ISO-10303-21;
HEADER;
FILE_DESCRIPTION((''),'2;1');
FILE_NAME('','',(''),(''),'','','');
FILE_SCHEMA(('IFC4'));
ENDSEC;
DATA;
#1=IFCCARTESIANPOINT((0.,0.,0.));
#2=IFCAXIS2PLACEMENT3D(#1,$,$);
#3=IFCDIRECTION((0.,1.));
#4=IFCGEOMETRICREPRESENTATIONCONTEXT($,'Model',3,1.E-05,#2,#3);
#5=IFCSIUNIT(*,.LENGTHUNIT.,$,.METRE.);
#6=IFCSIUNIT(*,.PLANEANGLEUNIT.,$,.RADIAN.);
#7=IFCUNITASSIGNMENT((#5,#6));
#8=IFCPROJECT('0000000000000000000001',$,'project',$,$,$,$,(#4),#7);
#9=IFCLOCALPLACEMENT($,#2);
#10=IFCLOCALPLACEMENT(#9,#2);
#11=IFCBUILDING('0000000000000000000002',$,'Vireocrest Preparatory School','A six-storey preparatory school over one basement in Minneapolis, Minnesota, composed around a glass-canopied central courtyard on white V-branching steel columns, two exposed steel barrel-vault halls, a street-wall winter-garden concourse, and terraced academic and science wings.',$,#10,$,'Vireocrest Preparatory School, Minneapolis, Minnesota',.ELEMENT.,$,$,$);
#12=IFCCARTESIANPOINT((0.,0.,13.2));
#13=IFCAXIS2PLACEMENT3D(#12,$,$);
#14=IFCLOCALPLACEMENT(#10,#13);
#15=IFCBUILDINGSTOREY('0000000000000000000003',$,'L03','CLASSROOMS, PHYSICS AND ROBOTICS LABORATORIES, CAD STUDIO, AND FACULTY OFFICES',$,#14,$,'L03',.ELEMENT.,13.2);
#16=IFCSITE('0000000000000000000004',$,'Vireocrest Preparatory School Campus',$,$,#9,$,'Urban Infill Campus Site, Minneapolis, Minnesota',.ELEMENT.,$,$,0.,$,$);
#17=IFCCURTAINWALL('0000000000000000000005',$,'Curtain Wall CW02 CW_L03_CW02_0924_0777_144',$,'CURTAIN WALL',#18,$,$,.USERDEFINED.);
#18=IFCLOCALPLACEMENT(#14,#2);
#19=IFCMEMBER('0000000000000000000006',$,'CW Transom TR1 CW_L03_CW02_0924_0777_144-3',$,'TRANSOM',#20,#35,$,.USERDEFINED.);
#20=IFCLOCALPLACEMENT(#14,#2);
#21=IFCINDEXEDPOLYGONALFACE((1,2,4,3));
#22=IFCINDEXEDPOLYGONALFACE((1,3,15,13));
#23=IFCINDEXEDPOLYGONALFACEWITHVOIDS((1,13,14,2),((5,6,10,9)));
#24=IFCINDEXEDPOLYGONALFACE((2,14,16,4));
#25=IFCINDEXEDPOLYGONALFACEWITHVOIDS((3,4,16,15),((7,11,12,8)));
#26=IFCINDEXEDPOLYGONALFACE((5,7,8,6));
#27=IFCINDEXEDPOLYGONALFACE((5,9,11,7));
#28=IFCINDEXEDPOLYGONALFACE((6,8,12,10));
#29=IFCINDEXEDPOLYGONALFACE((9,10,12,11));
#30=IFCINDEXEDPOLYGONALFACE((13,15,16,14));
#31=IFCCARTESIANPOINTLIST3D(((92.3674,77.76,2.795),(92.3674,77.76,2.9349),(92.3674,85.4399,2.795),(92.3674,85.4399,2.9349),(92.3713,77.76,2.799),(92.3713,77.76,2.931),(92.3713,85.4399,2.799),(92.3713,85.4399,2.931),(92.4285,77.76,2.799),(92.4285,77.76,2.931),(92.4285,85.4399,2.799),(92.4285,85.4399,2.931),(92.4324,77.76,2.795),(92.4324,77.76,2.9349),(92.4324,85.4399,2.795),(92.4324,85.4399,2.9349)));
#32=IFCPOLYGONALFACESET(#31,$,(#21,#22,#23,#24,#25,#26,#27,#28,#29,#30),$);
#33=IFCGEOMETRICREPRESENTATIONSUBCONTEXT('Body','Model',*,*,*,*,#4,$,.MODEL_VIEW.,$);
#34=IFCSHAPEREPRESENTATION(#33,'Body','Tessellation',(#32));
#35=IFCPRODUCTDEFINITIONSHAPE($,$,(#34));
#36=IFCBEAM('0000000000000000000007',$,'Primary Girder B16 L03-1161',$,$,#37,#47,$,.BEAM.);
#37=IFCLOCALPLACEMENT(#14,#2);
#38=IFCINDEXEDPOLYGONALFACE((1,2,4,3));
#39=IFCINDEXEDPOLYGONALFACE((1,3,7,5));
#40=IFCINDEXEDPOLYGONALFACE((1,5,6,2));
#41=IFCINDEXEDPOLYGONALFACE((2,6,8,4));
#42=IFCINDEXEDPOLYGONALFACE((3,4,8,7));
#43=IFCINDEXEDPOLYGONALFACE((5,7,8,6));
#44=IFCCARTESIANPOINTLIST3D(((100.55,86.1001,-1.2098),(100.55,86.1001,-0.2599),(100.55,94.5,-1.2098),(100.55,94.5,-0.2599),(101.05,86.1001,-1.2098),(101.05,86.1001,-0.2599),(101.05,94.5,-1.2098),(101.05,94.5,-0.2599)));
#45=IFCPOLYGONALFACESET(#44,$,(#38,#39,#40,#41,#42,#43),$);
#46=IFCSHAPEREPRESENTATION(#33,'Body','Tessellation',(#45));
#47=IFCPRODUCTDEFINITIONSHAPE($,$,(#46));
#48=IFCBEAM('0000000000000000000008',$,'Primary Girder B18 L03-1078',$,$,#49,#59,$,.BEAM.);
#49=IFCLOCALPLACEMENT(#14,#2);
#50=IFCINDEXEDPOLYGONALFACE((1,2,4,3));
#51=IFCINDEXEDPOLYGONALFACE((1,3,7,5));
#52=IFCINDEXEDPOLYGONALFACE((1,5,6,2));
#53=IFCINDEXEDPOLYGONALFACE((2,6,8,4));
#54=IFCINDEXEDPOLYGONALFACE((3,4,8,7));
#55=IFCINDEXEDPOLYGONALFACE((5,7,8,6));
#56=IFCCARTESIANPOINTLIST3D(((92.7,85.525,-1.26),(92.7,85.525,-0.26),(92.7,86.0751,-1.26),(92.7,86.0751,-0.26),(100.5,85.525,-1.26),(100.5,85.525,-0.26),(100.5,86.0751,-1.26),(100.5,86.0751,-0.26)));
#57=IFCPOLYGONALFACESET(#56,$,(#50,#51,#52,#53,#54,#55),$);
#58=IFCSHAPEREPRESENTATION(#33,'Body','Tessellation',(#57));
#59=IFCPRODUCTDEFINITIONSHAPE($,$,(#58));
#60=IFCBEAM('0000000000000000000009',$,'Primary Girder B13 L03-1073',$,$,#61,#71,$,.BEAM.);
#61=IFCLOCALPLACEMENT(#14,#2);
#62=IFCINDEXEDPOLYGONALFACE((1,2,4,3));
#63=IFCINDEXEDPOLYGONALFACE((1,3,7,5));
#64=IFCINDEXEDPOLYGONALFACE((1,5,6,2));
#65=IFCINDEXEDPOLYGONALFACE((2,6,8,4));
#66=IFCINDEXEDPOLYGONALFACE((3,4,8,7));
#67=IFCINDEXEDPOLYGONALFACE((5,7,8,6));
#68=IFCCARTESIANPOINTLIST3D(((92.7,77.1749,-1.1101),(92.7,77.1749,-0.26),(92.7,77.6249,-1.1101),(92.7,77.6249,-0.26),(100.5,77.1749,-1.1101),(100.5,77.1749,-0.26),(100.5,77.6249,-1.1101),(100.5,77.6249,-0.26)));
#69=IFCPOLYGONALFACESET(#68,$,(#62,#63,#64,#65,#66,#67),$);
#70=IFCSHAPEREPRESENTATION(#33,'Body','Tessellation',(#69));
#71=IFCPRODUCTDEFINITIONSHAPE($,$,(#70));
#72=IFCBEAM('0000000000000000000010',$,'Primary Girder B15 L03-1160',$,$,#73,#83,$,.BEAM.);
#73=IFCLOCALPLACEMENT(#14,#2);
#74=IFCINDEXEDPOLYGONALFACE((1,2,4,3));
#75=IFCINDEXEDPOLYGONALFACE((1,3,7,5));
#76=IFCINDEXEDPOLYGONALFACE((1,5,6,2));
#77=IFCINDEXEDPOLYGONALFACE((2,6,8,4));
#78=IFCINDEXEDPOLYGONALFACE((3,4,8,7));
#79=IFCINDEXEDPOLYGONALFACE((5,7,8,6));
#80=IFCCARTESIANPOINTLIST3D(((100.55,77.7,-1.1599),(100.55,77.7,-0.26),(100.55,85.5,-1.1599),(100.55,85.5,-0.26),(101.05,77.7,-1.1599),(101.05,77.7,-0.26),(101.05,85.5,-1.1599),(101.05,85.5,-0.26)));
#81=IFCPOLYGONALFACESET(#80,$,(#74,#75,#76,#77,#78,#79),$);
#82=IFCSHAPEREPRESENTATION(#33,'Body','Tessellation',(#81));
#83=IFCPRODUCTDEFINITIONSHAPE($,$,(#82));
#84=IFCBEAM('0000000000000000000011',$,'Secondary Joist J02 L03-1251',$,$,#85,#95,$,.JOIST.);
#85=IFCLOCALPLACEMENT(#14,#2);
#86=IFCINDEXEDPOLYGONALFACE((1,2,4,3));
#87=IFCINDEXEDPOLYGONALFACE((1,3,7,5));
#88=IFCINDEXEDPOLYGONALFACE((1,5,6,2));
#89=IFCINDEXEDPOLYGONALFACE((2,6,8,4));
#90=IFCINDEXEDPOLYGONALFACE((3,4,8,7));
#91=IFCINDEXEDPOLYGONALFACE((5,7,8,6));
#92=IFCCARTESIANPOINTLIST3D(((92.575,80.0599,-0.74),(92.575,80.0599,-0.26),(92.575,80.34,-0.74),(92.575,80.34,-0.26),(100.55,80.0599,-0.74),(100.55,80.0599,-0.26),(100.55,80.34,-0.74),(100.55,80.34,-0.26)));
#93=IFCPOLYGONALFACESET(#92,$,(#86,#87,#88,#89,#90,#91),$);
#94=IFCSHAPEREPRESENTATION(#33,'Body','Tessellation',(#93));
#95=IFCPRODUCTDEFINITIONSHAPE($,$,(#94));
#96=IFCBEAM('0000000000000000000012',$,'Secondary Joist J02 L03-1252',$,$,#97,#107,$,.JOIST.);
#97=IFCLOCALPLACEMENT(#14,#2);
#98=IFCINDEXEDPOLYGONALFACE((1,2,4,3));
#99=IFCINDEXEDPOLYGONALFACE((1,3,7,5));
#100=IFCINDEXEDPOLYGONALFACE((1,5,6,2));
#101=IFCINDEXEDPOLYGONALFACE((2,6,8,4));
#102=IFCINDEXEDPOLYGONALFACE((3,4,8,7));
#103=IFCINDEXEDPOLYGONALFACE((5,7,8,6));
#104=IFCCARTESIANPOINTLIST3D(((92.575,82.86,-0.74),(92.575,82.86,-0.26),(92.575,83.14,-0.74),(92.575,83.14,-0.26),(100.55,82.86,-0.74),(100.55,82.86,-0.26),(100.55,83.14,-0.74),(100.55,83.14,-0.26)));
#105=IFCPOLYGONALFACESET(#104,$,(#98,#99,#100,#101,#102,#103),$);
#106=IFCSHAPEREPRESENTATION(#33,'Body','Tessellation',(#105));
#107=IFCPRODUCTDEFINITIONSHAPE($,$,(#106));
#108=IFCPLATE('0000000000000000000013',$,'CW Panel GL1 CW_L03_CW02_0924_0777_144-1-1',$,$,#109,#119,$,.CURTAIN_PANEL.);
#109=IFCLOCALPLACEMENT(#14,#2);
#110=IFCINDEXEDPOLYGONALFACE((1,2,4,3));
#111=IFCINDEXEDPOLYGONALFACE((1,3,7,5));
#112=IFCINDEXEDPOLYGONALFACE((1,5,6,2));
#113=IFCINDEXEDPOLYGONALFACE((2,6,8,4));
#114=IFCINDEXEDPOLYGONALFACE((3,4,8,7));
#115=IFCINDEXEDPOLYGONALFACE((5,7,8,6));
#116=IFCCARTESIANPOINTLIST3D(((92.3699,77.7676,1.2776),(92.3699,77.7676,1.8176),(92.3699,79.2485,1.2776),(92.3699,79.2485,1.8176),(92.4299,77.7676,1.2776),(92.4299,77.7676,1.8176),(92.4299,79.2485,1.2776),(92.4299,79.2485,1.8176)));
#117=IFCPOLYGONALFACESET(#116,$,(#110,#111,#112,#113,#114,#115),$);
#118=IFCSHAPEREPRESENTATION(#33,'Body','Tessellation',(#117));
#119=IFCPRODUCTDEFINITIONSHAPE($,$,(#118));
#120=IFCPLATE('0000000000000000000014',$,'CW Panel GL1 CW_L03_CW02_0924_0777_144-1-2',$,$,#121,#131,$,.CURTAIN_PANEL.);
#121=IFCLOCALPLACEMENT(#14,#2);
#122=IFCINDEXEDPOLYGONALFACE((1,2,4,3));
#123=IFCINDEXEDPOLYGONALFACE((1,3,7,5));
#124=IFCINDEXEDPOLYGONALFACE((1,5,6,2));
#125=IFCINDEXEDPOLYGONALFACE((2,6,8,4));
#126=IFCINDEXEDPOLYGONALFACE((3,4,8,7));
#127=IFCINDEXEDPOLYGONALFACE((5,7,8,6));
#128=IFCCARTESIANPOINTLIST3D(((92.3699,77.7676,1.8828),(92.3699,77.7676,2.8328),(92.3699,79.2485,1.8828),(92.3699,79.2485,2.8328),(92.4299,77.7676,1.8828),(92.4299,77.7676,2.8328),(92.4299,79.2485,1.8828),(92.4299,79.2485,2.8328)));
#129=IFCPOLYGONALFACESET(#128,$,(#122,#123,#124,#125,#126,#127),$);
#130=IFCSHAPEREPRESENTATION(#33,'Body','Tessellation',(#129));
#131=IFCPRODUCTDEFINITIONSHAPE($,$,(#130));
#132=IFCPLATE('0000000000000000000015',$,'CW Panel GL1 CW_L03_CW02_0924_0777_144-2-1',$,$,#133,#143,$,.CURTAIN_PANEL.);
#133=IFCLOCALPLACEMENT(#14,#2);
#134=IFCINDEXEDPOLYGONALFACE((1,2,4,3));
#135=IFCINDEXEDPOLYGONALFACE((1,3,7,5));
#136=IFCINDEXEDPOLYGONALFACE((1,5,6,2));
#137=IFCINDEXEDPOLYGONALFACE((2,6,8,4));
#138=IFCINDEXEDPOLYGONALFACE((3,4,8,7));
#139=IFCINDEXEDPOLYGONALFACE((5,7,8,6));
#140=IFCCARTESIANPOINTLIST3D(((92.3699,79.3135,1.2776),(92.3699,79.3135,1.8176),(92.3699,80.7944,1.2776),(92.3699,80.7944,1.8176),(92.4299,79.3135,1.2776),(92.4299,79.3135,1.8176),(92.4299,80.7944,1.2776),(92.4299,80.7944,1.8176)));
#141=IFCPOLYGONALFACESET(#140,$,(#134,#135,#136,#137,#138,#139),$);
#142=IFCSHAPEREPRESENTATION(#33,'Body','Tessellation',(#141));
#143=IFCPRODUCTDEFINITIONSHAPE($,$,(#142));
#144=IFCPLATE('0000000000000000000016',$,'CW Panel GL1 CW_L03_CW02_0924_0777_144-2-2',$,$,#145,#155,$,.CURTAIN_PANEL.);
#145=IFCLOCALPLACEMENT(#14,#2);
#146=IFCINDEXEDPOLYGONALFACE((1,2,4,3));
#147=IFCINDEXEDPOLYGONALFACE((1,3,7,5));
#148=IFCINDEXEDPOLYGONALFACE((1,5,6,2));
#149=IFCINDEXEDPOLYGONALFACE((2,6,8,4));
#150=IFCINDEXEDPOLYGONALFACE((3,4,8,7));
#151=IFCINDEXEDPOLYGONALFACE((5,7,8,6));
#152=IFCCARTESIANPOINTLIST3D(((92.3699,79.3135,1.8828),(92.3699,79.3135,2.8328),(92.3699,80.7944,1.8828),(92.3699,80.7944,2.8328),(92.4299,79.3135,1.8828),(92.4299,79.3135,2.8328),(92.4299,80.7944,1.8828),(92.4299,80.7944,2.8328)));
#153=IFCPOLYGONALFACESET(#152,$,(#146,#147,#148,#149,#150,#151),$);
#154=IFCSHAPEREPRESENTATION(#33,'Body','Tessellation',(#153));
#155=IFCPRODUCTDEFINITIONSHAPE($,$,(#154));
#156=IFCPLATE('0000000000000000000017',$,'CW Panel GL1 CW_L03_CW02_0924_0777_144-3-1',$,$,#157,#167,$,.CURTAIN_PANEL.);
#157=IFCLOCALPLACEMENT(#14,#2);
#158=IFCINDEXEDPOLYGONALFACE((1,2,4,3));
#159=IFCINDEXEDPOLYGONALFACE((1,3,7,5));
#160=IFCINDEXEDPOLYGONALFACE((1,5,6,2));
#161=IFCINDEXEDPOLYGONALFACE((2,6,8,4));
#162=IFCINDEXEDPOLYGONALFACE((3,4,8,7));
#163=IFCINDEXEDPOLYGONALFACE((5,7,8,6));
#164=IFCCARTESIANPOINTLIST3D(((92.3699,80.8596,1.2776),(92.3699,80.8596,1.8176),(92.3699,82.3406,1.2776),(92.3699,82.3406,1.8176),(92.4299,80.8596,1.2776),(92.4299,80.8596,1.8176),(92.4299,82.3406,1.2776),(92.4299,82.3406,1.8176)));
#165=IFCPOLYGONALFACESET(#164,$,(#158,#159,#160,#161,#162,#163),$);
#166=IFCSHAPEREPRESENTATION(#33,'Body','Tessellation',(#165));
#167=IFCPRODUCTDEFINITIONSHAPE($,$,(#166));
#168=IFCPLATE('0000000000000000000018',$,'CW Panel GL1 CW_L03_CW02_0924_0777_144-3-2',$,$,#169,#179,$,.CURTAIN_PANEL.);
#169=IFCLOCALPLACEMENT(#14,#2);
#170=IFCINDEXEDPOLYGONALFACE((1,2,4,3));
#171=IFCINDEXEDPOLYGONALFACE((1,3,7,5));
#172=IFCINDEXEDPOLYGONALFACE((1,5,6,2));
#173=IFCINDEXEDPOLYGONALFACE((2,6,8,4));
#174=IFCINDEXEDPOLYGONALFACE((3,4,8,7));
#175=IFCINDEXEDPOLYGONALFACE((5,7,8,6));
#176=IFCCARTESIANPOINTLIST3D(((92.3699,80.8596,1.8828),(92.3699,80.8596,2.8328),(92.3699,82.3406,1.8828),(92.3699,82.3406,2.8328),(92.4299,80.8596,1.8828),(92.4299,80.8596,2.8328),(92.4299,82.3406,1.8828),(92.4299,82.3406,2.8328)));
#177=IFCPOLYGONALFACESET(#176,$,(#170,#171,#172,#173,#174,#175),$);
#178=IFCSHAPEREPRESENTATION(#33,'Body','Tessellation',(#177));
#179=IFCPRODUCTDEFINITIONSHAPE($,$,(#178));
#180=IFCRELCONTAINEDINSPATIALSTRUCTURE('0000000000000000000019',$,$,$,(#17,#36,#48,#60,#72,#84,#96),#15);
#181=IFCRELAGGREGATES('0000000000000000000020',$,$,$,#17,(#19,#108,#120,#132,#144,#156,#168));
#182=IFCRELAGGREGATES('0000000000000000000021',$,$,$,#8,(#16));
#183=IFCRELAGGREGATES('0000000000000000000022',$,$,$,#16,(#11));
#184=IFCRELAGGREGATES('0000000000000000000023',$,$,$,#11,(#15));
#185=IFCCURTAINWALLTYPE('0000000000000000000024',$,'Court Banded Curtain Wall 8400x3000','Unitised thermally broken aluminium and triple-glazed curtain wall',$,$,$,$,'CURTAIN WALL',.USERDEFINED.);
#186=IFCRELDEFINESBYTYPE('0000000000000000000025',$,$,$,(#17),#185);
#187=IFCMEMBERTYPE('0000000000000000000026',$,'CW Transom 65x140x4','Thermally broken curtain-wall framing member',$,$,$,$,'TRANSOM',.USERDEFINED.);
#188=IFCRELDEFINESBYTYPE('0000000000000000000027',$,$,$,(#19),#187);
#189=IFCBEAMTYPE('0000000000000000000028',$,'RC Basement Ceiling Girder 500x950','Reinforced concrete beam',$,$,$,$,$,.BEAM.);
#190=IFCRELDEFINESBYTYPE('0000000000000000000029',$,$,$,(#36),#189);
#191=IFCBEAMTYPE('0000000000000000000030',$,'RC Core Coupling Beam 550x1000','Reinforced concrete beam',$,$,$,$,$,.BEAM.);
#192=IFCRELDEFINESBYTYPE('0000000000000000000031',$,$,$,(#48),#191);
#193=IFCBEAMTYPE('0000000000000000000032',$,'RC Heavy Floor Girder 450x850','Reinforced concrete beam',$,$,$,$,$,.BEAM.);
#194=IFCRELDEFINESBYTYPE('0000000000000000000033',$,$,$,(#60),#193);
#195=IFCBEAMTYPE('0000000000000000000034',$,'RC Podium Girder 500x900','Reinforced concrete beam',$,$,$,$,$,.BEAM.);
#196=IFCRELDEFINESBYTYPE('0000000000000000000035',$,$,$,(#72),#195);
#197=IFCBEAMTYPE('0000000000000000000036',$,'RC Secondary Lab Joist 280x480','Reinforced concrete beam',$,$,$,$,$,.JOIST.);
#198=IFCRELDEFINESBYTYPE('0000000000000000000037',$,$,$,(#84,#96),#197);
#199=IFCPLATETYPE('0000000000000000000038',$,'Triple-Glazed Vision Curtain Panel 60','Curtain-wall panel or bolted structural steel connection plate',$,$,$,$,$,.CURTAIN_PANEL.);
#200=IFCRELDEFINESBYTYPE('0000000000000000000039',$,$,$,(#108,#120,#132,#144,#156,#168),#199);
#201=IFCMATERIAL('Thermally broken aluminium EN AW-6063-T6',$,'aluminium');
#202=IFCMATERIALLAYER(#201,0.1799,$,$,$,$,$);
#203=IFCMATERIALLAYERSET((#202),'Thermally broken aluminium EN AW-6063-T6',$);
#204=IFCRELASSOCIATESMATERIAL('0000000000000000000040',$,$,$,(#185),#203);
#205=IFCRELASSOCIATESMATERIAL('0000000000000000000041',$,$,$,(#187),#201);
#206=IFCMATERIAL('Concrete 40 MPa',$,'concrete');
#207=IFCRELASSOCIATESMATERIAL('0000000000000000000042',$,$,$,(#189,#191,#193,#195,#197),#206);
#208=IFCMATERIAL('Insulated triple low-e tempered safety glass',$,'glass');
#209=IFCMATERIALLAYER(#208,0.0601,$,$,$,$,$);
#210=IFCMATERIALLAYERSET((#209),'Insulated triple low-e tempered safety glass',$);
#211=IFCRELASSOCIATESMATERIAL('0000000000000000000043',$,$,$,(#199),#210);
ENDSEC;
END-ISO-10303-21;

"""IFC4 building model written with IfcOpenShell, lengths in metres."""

from ifc_helpers import new_model, si_unit, direction, frame, origin, origin_2d, place, context, subcontext, project, spatial, rectangle, hollow_rectangle, extrude, material, layer, layer_set, material_profile, profile_set, type_object, element, aggregate, save


model = new_model("IFC4")

# Units and contexts
model_context = context("Model", 3, precision=1e-05, world=origin(), true_north=direction((0.0, 1.0)))
body_context = subcontext(model_context, "Body", "Model", "MODEL_VIEW")
ifc_project = project(units=[si_unit("LENGTHUNIT", "METRE"), si_unit("PLANEANGLEUNIT", "RADIAN")], contexts=[model_context])

# Site, building, storey
site_placement = place(None, origin())
site = spatial("IfcSite", under=ifc_project, at=site_placement, Name="Vireocrest Preparatory School Campus", LongName="Urban Infill Campus Site, Minneapolis, Minnesota", CompositionType="ELEMENT", RefElevation=0.0)
building_placement = place(site_placement, origin())
building = spatial("IfcBuilding", under=site, at=building_placement, Name="Vireocrest Preparatory School", Description="A six-storey preparatory school over one basement in Minneapolis, Minnesota, composed around a glass-canopied central courtyard on white V-branching steel columns, two exposed steel barrel-vault halls, a street-wall winter-garden concourse, and terraced academic and science wings.", LongName="Vireocrest Preparatory School, Minneapolis, Minnesota", CompositionType="ELEMENT")
storey_placement = place(building_placement, frame((0.0, 0.0, 13.2)))
storey = spatial("IfcBuildingStorey", under=building, at=storey_placement, Name="L03", Description="CLASSROOMS, PHYSICS AND ROBOTICS LABORATORIES, CAD STUDIO, AND FACULTY OFFICES", LongName="L03", CompositionType="ELEMENT", Elevation=13.2)

# Shared definitions
ifc_material_1 = material(Name="Thermally broken aluminium EN AW-6063-T6", Category="aluminium")
ifc_layer_1 = layer(ifc_material_1, 0.1799)
ifc_layer_set_1 = layer_set([ifc_layer_1], Name="Thermally broken aluminium EN AW-6063-T6")
curtain_wall_type = type_object("IfcCurtainWallType", Name="Court Banded Curtain Wall 8400x3000", Description="Unitised thermally broken aluminium and triple-glazed curtain wall", ElementType="CURTAIN WALL", PredefinedType="USERDEFINED", material=ifc_layer_set_1)

# Curtain wall, member
curtain_wall_1_placement = place(storey_placement, origin())
curtain_wall_1 = element("IfcCurtainWall", 1, at=curtain_wall_1_placement, inside=storey, type_object=curtain_wall_type, Name="Curtain Wall CW02 CW_L03_CW02_0924_0777_144", ObjectType="CURTAIN WALL", PredefinedType="USERDEFINED")
ifc_material_profile_1 = material_profile(ifc_material_1, hollow_rectangle(XDim=0.0649, YDim=0.1399, WallThickness=0.0039, at=origin_2d()), Name="ALU 65x140x4")
ifc_profile_set_1 = profile_set([ifc_material_profile_1], Name="Thermally broken aluminium EN AW-6063-T6")
member_type_1 = type_object("IfcMemberType", Name="CW Transom 65x140x4", Description="Thermally broken curtain-wall framing member", ElementType="TRANSOM", PredefinedType="USERDEFINED", material=ifc_profile_set_1)
member_1_placement = place(storey_placement, frame((92.3999, 77.76, 2.865), z_axis=(0.0, 1.0, 0.0), x_axis=(-1.0, 0.0, 0.0)))
member_1 = element("IfcMember", 2, at=member_1_placement, type_object=member_type_1, Name="CW Transom TR1 CW_L03_CW02_0924_0777_144-3", ObjectType="TRANSOM", PredefinedType="USERDEFINED", context=body_context, shape_type="SweptSolid", body=[
    extrude(hollow_rectangle(XDim=0.0649, YDim=0.1399, WallThickness=0.0039, at=origin_2d()), origin(), (0.0, 0.0, 1.0), 7.6799),
])

# Beams
ifc_material_2 = material(Name="Concrete 40 MPa", Category="concrete")
ifc_material_profile_2 = material_profile(ifc_material_2, rectangle(XDim=0.5, YDim=0.95, at=origin_2d()), Name="RC 500x950")
ifc_profile_set_2 = profile_set([ifc_material_profile_2], Name="Concrete 40 MPa")
beam_type_1 = type_object("IfcBeamType", Name="RC Basement Ceiling Girder 500x950", Description="Reinforced concrete beam", PredefinedType="BEAM", material=ifc_profile_set_2)
beam_1_placement = place(storey_placement, frame((100.8, 86.1001, -0.7349), z_axis=(0.0, 1.0, 0.0), x_axis=(-1.0, 0.0, 0.0)))
element("IfcBeam", 3, at=beam_1_placement, inside=storey, type_object=beam_type_1, Name="Primary Girder B16 L03-1161", PredefinedType="BEAM", context=body_context, shape_type="SweptSolid", body=[
    extrude(rectangle(XDim=0.5, YDim=0.95, at=origin_2d()), origin(), (0.0, 0.0, 1.0), 8.3999),
])
ifc_material_profile_3 = material_profile(ifc_material_2, rectangle(XDim=0.55, YDim=1.0, at=origin_2d()), Name="RC 550x1000")
ifc_profile_set_3 = profile_set([ifc_material_profile_3], Name="Concrete 40 MPa")
beam_type_2 = type_object("IfcBeamType", Name="RC Core Coupling Beam 550x1000", Description="Reinforced concrete beam", PredefinedType="BEAM", material=ifc_profile_set_3)
beam_2_placement = place(storey_placement, frame((92.7, 85.8, -0.76), z_axis=(1.0, 0.0, 0.0), x_axis=(0.0, 1.0, 0.0)))
element("IfcBeam", 4, at=beam_2_placement, inside=storey, type_object=beam_type_2, Name="Primary Girder B18 L03-1078", PredefinedType="BEAM", context=body_context, shape_type="SweptSolid", body=[
    extrude(rectangle(XDim=0.55, YDim=1.0, at=origin_2d()), origin(), (0.0, 0.0, 1.0), 7.8),
])
ifc_material_profile_4 = material_profile(ifc_material_2, rectangle(XDim=0.45, YDim=0.8501, at=origin_2d()), Name="RC 450x850")
ifc_profile_set_4 = profile_set([ifc_material_profile_4], Name="Concrete 40 MPa")
beam_type_3 = type_object("IfcBeamType", Name="RC Heavy Floor Girder 450x850", Description="Reinforced concrete beam", PredefinedType="BEAM", material=ifc_profile_set_4)
beam_3_placement = place(storey_placement, frame((92.7, 77.3999, -0.6851), z_axis=(1.0, 0.0, 0.0), x_axis=(0.0, 1.0, 0.0)))
element("IfcBeam", 5, at=beam_3_placement, inside=storey, type_object=beam_type_3, Name="Primary Girder B13 L03-1073", PredefinedType="BEAM", context=body_context, shape_type="SweptSolid", body=[
    extrude(rectangle(XDim=0.45, YDim=0.8501, at=origin_2d()), origin(), (0.0, 0.0, 1.0), 7.8),
])
ifc_material_profile_5 = material_profile(ifc_material_2, rectangle(XDim=0.5, YDim=0.8999, at=origin_2d()), Name="RC 500x900")
ifc_profile_set_5 = profile_set([ifc_material_profile_5], Name="Concrete 40 MPa")
beam_type_4 = type_object("IfcBeamType", Name="RC Podium Girder 500x900", Description="Reinforced concrete beam", PredefinedType="BEAM", material=ifc_profile_set_5)
beam_4_placement = place(storey_placement, frame((100.8, 77.7, -0.71), z_axis=(0.0, 1.0, 0.0), x_axis=(-1.0, 0.0, 0.0)))
element("IfcBeam", 6, at=beam_4_placement, inside=storey, type_object=beam_type_4, Name="Primary Girder B15 L03-1160", PredefinedType="BEAM", context=body_context, shape_type="SweptSolid", body=[
    extrude(rectangle(XDim=0.5, YDim=0.8999, at=origin_2d()), origin(), (0.0, 0.0, 1.0), 7.8),
])
ifc_material_profile_6 = material_profile(ifc_material_2, rectangle(XDim=0.28, YDim=0.48, at=origin_2d()), Name="RC 280x480")
ifc_profile_set_6 = profile_set([ifc_material_profile_6], Name="Concrete 40 MPa")
beam_type_5 = type_object("IfcBeamType", Name="RC Secondary Lab Joist 280x480", Description="Reinforced concrete beam", PredefinedType="JOIST", material=ifc_profile_set_6)
for number, where, z_axis, x_axis, name in (
    (7, (92.575, 80.2, -0.5), (1.0, 0.0, 0.0), (0.0, 1.0, 0.0), "Secondary Joist J02 L03-1251"),
    (8, (92.575, 83.0, -0.5), (1.0, 0.0, 0.0), (0.0, 1.0, 0.0), "Secondary Joist J02 L03-1252"),
):
    element("IfcBeam", number, at=place(storey_placement, frame(where, z_axis=z_axis, x_axis=x_axis)), inside=storey, type_object=beam_type_5, Name=name, PredefinedType="JOIST", context=body_context, shape_type="SweptSolid", body=[
        extrude(rectangle(XDim=0.28, YDim=0.48, at=origin_2d()), origin(), (0.0, 0.0, 1.0), 7.9751),
    ])

# Plates
ifc_material_3 = material(Name="Insulated triple low-e tempered safety glass", Category="glass")
ifc_layer_2 = layer(ifc_material_3, 0.0601)
ifc_layer_set_2 = layer_set([ifc_layer_2], Name="Insulated triple low-e tempered safety glass")
plate_type = type_object("IfcPlateType", Name="Triple-Glazed Vision Curtain Panel 60", Description="Curtain-wall panel or bolted structural steel connection plate", PredefinedType="CURTAIN_PANEL", material=ifc_layer_set_2)
plate_1_placement = place(storey_placement, frame((92.3999, 78.5081, 1.2776), z_axis=(0.0, 0.0, 1.0), x_axis=(0.0, 1.0, 0.0)))
plate_1 = element("IfcPlate", 9, at=plate_1_placement, type_object=plate_type, Name="CW Panel GL1 CW_L03_CW02_0924_0777_144-1-1", PredefinedType="CURTAIN_PANEL", context=body_context, shape_type="SweptSolid", body=[
    extrude(rectangle(XDim=1.481, YDim=0.0601, at=origin_2d()), origin(), (0.0, 0.0, 1.0), 0.54),
])
plate_2_placement = place(storey_placement, frame((92.3999, 78.5081, 1.8828), z_axis=(0.0, 0.0, 1.0), x_axis=(0.0, 1.0, 0.0)))
plate_2 = element("IfcPlate", 10, at=plate_2_placement, type_object=plate_type, Name="CW Panel GL1 CW_L03_CW02_0924_0777_144-1-2", PredefinedType="CURTAIN_PANEL", context=body_context, shape_type="SweptSolid", body=[
    extrude(rectangle(XDim=1.481, YDim=0.0601, at=origin_2d()), origin(), (0.0, 0.0, 1.0), 0.95),
])
plate_3_placement = place(storey_placement, frame((92.3999, 80.054, 1.2776), z_axis=(0.0, 0.0, 1.0), x_axis=(0.0, 1.0, 0.0)))
plate_3 = element("IfcPlate", 11, at=plate_3_placement, type_object=plate_type, Name="CW Panel GL1 CW_L03_CW02_0924_0777_144-2-1", PredefinedType="CURTAIN_PANEL", context=body_context, shape_type="SweptSolid", body=[
    extrude(rectangle(XDim=1.481, YDim=0.0601, at=origin_2d()), origin(), (0.0, 0.0, 1.0), 0.54),
])
plate_4_placement = place(storey_placement, frame((92.3999, 80.054, 1.8828), z_axis=(0.0, 0.0, 1.0), x_axis=(0.0, 1.0, 0.0)))
plate_4 = element("IfcPlate", 12, at=plate_4_placement, type_object=plate_type, Name="CW Panel GL1 CW_L03_CW02_0924_0777_144-2-2", PredefinedType="CURTAIN_PANEL", context=body_context, shape_type="SweptSolid", body=[
    extrude(rectangle(XDim=1.481, YDim=0.0601, at=origin_2d()), origin(), (0.0, 0.0, 1.0), 0.95),
])
plate_5_placement = place(storey_placement, frame((92.3999, 81.6001, 1.2776), z_axis=(0.0, 0.0, 1.0), x_axis=(0.0, 1.0, 0.0)))
plate_5 = element("IfcPlate", 13, at=plate_5_placement, type_object=plate_type, Name="CW Panel GL1 CW_L03_CW02_0924_0777_144-3-1", PredefinedType="CURTAIN_PANEL", context=body_context, shape_type="SweptSolid", body=[
    extrude(rectangle(XDim=1.481, YDim=0.0601, at=origin_2d()), origin(), (0.0, 0.0, 1.0), 0.54),
])
plate_6_placement = place(storey_placement, frame((92.3999, 81.6001, 1.8828), z_axis=(0.0, 0.0, 1.0), x_axis=(0.0, 1.0, 0.0)))
plate_6 = element("IfcPlate", 14, at=plate_6_placement, type_object=plate_type, Name="CW Panel GL1 CW_L03_CW02_0924_0777_144-3-2", PredefinedType="CURTAIN_PANEL", context=body_context, shape_type="SweptSolid", body=[
    extrude(rectangle(XDim=1.481, YDim=0.0601, at=origin_2d()), origin(), (0.0, 0.0, 1.0), 0.95),
])
aggregate(curtain_wall_1, [member_1, plate_1, plate_2, plate_3, plate_4, plate_5, plate_6])

save(model, "model.ifc")
